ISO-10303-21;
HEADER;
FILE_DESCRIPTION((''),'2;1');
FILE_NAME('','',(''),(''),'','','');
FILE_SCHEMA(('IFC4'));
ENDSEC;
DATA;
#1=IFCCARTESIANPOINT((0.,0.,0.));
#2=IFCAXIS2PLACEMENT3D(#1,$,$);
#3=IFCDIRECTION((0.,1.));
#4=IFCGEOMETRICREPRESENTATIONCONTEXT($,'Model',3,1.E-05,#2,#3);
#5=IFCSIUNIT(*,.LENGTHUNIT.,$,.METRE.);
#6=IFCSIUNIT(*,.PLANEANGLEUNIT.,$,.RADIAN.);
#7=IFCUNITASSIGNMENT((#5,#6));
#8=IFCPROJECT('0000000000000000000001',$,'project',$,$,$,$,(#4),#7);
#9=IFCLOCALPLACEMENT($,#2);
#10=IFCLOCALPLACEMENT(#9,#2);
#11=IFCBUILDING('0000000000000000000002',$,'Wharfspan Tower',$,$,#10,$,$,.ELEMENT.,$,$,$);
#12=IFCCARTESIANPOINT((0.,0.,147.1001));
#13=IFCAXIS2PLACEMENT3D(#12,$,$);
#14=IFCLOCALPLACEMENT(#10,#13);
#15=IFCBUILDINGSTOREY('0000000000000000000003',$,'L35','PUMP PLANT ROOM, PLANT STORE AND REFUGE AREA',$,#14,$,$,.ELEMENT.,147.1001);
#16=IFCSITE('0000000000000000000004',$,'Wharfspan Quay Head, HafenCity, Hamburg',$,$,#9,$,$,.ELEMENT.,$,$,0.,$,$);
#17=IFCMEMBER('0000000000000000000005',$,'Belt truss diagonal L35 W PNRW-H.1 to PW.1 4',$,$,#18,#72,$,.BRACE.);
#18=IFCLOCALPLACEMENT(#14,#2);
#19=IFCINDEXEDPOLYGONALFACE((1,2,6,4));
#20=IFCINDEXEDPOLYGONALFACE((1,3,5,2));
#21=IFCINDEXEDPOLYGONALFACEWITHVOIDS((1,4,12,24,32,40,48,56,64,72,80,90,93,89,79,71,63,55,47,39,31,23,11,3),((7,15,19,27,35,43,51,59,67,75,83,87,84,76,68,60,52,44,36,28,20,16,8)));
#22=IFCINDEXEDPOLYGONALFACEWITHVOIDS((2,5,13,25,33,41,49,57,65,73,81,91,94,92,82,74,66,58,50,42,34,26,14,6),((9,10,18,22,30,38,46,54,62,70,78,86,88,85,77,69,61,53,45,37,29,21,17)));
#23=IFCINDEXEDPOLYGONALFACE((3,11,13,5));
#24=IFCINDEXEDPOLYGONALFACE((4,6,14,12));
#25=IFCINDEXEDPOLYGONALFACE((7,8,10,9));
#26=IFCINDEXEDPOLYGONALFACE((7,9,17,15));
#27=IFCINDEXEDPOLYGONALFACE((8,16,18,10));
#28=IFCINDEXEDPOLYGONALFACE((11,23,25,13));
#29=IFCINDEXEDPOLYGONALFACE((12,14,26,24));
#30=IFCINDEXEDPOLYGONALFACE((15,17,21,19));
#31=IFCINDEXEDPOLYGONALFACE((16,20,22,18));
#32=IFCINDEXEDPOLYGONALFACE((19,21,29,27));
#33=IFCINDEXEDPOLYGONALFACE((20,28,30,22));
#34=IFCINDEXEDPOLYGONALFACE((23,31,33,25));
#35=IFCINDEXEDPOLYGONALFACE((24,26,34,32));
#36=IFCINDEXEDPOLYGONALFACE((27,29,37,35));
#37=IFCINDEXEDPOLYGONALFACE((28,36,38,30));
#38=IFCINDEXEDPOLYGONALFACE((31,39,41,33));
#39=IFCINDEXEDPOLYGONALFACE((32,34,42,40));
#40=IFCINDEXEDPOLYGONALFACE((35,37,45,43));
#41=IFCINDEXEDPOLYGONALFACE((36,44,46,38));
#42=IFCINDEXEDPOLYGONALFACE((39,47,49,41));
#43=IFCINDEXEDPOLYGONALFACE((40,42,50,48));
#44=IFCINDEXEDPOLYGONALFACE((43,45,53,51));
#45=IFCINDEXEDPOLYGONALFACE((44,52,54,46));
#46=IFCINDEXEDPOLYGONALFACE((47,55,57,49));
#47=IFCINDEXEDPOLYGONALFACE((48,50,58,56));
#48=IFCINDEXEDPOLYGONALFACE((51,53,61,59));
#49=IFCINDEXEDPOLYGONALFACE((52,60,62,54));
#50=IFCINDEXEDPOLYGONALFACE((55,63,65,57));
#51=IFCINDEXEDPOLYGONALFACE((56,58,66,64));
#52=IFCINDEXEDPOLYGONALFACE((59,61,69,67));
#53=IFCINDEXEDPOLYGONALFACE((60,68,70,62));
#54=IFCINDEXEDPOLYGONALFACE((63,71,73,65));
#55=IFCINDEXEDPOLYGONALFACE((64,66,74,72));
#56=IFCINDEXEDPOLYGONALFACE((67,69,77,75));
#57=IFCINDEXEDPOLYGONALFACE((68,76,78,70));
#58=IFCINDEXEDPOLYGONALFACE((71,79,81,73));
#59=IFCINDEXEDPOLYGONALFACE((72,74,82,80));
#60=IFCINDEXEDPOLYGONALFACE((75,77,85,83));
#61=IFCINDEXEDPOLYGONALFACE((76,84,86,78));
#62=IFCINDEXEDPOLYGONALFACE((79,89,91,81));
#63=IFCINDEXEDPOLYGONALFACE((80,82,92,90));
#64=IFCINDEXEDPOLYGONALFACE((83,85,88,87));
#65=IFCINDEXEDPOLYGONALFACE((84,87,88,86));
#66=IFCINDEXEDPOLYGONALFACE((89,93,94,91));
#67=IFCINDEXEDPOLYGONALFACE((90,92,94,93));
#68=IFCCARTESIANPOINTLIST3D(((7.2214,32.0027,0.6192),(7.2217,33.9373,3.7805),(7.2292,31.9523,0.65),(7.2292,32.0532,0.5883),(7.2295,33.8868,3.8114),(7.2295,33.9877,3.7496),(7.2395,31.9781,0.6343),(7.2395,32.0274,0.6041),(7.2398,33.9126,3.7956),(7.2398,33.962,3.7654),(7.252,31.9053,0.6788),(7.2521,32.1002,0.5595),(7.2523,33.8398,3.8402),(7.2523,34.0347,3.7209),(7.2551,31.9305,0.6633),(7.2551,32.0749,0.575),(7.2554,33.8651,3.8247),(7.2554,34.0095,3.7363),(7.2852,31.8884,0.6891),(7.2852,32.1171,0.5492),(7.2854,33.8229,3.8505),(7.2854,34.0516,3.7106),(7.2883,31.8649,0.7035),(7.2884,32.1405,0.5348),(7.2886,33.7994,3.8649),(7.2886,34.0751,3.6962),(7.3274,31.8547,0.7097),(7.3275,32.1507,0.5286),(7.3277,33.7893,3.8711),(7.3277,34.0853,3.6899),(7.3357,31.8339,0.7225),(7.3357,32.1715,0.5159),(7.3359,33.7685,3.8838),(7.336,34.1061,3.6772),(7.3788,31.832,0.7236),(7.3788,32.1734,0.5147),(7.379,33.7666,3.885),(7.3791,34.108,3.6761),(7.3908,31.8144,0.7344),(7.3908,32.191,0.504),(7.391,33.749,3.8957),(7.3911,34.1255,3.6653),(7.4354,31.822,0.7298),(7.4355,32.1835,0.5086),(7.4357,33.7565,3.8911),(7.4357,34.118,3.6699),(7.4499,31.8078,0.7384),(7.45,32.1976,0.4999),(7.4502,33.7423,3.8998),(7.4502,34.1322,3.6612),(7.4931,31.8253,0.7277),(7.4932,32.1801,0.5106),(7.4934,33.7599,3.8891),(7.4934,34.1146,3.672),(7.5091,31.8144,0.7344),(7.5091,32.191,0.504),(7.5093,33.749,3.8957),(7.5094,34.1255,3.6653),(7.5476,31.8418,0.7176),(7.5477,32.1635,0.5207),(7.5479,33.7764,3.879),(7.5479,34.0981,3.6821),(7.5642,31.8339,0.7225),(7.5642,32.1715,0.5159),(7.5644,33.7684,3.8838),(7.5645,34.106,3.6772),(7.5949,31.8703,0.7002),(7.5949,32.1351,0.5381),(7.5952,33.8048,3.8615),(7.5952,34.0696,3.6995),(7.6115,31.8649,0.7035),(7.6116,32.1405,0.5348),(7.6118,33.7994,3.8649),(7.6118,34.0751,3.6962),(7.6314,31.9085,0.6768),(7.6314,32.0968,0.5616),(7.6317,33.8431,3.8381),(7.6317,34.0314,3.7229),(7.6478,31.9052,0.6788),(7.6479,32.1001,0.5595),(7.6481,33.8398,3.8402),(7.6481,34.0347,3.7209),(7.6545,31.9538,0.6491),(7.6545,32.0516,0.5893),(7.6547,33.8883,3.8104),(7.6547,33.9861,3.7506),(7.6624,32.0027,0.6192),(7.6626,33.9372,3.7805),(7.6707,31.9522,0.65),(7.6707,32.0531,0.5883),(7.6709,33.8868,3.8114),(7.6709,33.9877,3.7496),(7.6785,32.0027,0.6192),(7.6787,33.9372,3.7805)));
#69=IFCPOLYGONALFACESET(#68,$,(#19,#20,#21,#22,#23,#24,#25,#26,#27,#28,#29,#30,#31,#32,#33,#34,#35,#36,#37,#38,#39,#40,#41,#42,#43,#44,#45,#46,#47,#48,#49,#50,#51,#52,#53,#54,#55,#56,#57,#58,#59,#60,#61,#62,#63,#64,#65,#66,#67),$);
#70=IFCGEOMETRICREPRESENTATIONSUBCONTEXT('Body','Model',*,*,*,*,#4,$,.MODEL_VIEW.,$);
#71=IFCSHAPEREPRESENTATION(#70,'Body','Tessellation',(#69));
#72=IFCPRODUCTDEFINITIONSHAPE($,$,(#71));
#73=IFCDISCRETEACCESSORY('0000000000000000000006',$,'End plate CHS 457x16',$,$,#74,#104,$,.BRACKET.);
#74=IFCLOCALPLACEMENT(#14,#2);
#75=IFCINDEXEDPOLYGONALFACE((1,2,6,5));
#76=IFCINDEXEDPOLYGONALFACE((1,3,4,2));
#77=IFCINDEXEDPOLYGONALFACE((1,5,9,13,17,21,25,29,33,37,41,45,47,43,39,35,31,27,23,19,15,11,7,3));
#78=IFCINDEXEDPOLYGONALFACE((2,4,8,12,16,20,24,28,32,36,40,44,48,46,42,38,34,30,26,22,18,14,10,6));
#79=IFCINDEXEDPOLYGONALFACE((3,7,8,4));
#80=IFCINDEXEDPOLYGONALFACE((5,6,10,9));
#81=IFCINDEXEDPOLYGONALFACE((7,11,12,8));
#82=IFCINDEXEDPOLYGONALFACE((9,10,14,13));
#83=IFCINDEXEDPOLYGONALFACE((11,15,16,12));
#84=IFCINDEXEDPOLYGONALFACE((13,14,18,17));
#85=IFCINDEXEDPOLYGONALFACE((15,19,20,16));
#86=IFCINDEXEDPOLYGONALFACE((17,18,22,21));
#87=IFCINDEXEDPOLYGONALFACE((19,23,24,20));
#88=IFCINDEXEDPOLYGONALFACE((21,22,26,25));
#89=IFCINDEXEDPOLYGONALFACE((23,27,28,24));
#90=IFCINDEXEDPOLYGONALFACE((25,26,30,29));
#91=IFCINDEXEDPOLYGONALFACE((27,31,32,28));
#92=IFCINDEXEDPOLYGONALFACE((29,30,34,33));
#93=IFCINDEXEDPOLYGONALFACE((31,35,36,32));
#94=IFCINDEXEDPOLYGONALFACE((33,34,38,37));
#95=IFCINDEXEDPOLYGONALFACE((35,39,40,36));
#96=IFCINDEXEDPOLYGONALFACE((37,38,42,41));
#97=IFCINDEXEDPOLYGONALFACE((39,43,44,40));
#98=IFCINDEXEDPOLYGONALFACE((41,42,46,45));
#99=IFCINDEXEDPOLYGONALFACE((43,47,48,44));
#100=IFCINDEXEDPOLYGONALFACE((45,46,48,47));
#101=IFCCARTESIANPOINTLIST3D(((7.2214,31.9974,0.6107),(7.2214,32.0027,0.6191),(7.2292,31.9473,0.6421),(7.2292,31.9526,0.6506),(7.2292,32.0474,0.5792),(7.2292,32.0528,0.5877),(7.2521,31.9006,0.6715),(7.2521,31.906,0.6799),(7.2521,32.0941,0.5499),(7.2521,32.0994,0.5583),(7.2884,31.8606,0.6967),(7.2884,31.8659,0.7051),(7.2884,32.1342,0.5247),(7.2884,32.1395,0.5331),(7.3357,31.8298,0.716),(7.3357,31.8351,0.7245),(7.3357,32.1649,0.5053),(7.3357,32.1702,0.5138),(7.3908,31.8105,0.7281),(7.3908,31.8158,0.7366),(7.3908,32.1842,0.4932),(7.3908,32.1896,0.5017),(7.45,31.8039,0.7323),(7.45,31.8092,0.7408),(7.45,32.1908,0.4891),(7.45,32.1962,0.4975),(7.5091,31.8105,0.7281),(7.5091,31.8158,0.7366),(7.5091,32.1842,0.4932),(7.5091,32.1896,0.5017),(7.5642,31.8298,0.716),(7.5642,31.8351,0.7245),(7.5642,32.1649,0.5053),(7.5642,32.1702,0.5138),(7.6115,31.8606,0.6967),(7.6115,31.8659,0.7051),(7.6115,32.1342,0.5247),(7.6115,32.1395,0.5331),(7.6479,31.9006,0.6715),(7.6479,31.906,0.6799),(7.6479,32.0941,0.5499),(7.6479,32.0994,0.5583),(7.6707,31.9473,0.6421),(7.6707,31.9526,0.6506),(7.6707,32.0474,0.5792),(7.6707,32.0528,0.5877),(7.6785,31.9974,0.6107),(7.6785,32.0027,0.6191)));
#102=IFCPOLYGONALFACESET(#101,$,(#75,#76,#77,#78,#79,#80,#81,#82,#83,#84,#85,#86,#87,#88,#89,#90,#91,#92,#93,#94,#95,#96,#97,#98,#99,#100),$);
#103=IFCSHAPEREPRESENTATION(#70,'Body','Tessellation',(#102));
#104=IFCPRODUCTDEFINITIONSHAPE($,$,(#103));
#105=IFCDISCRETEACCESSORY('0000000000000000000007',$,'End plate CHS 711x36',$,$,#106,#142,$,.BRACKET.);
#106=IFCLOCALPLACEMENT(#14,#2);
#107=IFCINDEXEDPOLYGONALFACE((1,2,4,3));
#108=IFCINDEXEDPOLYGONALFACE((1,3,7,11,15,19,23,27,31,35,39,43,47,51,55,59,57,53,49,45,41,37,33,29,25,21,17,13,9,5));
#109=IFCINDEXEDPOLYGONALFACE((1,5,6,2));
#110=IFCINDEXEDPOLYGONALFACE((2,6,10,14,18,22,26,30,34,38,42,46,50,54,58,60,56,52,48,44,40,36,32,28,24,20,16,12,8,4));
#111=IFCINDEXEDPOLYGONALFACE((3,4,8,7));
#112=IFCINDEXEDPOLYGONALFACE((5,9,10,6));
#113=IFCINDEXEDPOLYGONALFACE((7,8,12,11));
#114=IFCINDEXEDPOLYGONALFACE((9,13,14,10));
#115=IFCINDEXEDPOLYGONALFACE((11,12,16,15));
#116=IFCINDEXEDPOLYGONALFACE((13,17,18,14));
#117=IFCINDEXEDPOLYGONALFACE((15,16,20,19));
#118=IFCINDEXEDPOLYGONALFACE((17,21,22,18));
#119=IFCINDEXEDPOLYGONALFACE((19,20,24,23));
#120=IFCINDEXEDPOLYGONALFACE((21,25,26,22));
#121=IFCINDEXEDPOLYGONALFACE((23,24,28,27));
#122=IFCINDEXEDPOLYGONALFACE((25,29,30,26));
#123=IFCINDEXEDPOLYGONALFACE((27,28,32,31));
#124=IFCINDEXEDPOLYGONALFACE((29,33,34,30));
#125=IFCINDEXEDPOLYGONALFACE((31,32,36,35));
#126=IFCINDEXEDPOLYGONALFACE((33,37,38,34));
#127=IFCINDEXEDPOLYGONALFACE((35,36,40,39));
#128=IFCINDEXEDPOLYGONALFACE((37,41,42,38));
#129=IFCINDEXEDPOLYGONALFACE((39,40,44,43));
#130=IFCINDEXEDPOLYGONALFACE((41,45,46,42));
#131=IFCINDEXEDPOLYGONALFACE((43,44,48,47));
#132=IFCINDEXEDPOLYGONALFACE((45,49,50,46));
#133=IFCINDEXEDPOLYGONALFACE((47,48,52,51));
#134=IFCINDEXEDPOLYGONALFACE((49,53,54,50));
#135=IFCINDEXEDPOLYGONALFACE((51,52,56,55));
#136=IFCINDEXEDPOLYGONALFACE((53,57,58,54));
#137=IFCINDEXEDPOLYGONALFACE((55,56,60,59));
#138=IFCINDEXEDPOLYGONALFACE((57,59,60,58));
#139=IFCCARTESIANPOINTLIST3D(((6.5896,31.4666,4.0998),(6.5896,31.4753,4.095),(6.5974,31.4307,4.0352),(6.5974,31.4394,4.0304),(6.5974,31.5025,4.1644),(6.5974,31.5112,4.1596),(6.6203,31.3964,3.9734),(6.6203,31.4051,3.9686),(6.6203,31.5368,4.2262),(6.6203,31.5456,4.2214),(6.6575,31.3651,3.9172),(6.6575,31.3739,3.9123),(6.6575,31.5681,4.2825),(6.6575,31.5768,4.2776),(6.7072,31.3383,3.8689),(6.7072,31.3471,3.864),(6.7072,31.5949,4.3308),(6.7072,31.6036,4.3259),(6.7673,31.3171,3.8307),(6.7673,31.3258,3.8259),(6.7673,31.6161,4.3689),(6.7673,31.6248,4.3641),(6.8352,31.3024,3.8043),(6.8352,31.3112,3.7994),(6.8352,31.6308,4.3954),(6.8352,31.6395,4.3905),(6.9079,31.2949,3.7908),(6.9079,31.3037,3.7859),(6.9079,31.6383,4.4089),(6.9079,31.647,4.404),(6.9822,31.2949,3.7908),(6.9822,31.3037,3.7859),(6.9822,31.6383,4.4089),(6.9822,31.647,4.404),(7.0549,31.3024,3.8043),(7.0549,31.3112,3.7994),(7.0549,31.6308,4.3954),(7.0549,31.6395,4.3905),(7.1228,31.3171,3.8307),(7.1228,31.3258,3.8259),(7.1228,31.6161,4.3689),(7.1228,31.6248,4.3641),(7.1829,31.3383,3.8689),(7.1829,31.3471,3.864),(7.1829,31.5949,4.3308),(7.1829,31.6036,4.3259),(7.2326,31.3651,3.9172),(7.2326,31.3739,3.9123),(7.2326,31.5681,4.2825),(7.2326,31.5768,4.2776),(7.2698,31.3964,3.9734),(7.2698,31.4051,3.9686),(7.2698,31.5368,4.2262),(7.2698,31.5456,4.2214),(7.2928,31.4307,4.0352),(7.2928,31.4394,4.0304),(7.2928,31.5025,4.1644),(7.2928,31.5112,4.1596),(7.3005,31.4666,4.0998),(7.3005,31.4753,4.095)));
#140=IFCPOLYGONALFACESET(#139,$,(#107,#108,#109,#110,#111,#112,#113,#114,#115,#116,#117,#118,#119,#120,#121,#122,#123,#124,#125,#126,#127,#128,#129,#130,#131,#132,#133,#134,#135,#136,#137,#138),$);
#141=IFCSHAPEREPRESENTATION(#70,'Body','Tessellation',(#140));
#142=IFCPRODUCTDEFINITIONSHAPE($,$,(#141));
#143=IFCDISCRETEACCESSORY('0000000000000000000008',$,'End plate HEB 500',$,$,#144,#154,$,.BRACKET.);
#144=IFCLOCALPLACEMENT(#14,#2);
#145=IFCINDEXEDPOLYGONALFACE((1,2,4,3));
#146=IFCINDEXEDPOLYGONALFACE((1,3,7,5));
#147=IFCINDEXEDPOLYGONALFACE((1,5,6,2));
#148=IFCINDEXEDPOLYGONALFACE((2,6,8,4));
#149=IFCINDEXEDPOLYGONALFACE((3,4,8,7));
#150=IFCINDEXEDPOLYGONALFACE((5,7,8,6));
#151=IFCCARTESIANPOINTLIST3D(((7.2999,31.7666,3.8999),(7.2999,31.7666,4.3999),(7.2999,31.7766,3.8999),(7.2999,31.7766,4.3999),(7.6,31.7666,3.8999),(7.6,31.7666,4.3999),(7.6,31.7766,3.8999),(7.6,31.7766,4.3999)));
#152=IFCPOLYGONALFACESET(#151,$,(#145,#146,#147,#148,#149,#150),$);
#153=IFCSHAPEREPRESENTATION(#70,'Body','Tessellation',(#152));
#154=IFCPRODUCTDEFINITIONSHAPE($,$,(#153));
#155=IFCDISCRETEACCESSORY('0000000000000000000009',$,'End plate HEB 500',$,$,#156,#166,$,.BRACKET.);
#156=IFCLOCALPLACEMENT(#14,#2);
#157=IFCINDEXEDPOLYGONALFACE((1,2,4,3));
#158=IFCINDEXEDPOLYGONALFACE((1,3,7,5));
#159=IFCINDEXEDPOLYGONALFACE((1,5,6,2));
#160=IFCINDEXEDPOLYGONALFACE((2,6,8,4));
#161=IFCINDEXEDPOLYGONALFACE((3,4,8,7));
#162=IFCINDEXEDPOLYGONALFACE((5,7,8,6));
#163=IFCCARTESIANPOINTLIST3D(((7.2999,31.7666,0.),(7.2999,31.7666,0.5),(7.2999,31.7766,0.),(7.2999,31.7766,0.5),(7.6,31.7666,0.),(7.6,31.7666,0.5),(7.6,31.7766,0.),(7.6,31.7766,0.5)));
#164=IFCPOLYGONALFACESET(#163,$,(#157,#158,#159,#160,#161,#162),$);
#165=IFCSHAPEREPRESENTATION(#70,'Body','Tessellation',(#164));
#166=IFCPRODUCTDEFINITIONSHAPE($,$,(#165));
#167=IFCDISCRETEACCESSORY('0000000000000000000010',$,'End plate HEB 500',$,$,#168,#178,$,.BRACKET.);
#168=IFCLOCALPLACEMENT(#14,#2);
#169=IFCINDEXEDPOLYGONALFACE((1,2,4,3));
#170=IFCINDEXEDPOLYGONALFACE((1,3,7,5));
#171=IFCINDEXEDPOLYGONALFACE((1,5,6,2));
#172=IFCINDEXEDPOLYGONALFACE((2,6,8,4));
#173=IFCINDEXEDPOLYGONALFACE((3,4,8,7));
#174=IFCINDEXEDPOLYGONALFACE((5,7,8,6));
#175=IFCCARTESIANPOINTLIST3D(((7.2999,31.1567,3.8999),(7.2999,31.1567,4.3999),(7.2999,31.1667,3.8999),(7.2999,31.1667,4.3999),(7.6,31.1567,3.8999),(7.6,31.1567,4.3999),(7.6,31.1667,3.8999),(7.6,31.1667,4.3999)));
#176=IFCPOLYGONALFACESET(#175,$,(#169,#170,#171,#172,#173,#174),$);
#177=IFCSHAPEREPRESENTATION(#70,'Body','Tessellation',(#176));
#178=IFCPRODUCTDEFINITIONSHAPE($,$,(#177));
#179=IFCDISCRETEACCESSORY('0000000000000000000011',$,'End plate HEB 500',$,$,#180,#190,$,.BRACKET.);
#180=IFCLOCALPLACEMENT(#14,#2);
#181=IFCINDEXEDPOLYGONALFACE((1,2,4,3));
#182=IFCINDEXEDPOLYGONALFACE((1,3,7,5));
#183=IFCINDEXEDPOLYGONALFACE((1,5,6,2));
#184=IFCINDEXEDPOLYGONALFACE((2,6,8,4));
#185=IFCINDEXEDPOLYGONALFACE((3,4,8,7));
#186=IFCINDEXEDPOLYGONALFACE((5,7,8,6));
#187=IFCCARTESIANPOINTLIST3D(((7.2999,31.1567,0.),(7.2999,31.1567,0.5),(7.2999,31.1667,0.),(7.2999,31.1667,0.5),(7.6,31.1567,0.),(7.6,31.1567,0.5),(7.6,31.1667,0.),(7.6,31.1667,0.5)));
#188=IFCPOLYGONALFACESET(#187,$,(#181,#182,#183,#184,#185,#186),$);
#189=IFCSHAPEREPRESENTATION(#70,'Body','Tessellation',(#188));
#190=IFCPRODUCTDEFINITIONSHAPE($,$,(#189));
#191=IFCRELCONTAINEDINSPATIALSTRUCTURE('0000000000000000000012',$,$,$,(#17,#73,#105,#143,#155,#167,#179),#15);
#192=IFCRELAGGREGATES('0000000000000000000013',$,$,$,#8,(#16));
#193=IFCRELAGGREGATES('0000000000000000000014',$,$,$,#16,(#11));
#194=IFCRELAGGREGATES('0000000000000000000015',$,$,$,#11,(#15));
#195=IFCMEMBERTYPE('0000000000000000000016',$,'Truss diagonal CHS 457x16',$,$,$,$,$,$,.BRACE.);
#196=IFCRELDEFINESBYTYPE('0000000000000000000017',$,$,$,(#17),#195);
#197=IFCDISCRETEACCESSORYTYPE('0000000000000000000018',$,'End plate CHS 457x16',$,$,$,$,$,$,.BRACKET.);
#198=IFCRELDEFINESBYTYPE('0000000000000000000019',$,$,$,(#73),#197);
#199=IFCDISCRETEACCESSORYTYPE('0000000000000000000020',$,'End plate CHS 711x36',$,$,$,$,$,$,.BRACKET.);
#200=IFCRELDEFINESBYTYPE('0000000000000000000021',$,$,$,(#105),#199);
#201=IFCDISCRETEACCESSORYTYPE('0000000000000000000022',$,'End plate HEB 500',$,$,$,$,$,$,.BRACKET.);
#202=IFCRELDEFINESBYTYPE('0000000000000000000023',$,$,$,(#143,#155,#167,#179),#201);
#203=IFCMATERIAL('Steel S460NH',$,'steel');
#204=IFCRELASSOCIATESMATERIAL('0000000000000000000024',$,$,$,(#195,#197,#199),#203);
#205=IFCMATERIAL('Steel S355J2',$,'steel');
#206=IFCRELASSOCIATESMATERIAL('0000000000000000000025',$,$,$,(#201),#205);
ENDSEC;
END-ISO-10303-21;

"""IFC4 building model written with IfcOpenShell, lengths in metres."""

from ifc_helpers import new_model, si_unit, direction, frame, origin, origin_2d, place, context, subcontext, project, spatial, rectangle, circle, hollow_circle, extrude, material, material_profile, profile_set, type_object, element, save


model = new_model("IFC4")

# Units and contexts
model_context = context("Model", 3, precision=1e-05, world=origin(), true_north=direction((0.0, 1.0)))
body_context = subcontext(model_context, "Body", "Model", "MODEL_VIEW")
ifc_project = project(units=[si_unit("LENGTHUNIT", "METRE"), si_unit("PLANEANGLEUNIT", "RADIAN")], contexts=[model_context])

# Site, building, storey
site_placement = place(None, origin())
site = spatial("IfcSite", under=ifc_project, at=site_placement, Name="Wharfspan Quay Head, HafenCity, Hamburg", CompositionType="ELEMENT", RefElevation=0.0)
building_placement = place(site_placement, origin())
building = spatial("IfcBuilding", under=site, at=building_placement, Name="Wharfspan Tower", CompositionType="ELEMENT")
storey_placement = place(building_placement, frame((0.0, 0.0, 147.1001)))
storey = spatial("IfcBuildingStorey", under=building, at=storey_placement, Name="L35", Description="PUMP PLANT ROOM, PLANT STORE AND REFUGE AREA", CompositionType="ELEMENT", Elevation=147.1001)

# Shared definitions
ifc_material_1 = material(Name="Steel S355J2", Category="steel")

# Member
ifc_material_2 = material(Name="Steel S460NH", Category="steel")
ifc_material_profile_1 = material_profile(ifc_material_2, hollow_circle(Radius=0.2285, WallThickness=0.0161, at=origin_2d()))
ifc_profile_set_1 = profile_set([ifc_material_profile_1], Name="Steel S460NH")
member_type_1 = type_object("IfcMemberType", Name="Truss diagonal CHS 457x16", PredefinedType="BRACE", material=ifc_profile_set_1)
member_1_placement = place(storey_placement, frame((7.4502, 33.9373, 3.7805), z_axis=(-0.000066, -0.521964, -0.852967), x_axis=(0.999998, -0.000128, 0.000001)))
element("IfcMember", 1, at=member_1_placement, inside=storey, type_object=member_type_1, Name="Belt truss diagonal L35 W PNRW-H.1 to PW.1 4", PredefinedType="BRACE", context=body_context, shape_type="SweptSolid", body=[
    extrude(hollow_circle(Radius=0.2285, WallThickness=0.0161, at=origin_2d()), origin(), (0.0, 0.0, 1.0), 3.7063),
])

# Discrete accessories
ifc_material_profile_2 = material_profile(ifc_material_2, circle(Radius=0.2285, at=origin_2d()))
ifc_profile_set_2 = profile_set([ifc_material_profile_2], Name="Steel S460NH")
discrete_accessory_type_1 = type_object("IfcDiscreteAccessoryType", Name="End plate CHS 457x16", PredefinedType="BRACKET", material=ifc_profile_set_2)
discrete_accessory_1_placement = place(storey_placement, frame((7.45, 32.0027, 0.6191), z_axis=(0.0, -0.532172, -0.846637), x_axis=(1.0, 0.0, 0.0)))
element("IfcDiscreteAccessory", 2, at=discrete_accessory_1_placement, inside=storey, type_object=discrete_accessory_type_1, Name="End plate CHS 457x16", PredefinedType="BRACKET", context=body_context, shape_type="SweptSolid", body=[
    extrude(circle(Radius=0.2285, at=origin_2d()), origin(), (0.0, 0.0, 1.0), 0.01),
])
ifc_material_profile_3 = material_profile(ifc_material_2, circle(Radius=0.3555, at=origin_2d()))
ifc_profile_set_3 = profile_set([ifc_material_profile_3], Name="Steel S460NH")
discrete_accessory_type_2 = type_object("IfcDiscreteAccessoryType", Name="End plate CHS 711x36", PredefinedType="BRACKET", material=ifc_profile_set_3)
discrete_accessory_2_placement = place(storey_placement, frame((6.9451, 31.4753, 4.095), z_axis=(0.0, -0.874157, 0.485643), x_axis=(1.0, 0.0, 0.0)))
element("IfcDiscreteAccessory", 3, at=discrete_accessory_2_placement, inside=storey, type_object=discrete_accessory_type_2, Name="End plate CHS 711x36", PredefinedType="BRACKET", context=body_context, shape_type="SweptSolid", body=[
    extrude(circle(Radius=0.3555, at=origin_2d()), origin(), (0.0, 0.0, 1.0), 0.01),
])
ifc_material_profile_4 = material_profile(ifc_material_1, rectangle(XDim=0.3, YDim=0.5, at=origin_2d()))
ifc_profile_set_4 = profile_set([ifc_material_profile_4], Name="Steel S355J2")
discrete_accessory_type_3 = type_object("IfcDiscreteAccessoryType", Name="End plate HEB 500", PredefinedType="BRACKET", material=ifc_profile_set_4)
for number, where, z_axis, x_axis, name in (
    (4, (7.45, 31.7766, 4.1499), (0.0, -1.0, 0.0), (1.0, 0.0, 0.0), "End plate HEB 500"),
    (5, (7.45, 31.7766, 0.25), (0.0, -1.0, 0.0), (1.0, 0.0, 0.0), "End plate HEB 500"),
    (6, (7.45, 31.1667, 4.1499), (0.0, -1.0, 0.0), (1.0, 0.0, 0.0), "End plate HEB 500"),
    (7, (7.45, 31.1667, 0.25), (0.0, -1.0, 0.0), (1.0, 0.0, 0.0), "End plate HEB 500"),
):
    element("IfcDiscreteAccessory", number, at=place(storey_placement, frame(where, z_axis=z_axis, x_axis=x_axis)), inside=storey, type_object=discrete_accessory_type_3, Name=name, PredefinedType="BRACKET", context=body_context, shape_type="SweptSolid", body=[
        extrude(rectangle(XDim=0.3, YDim=0.5, at=origin_2d()), origin(), (0.0, 0.0, 1.0), 0.01),
    ])

save(model, "model.ifc")
